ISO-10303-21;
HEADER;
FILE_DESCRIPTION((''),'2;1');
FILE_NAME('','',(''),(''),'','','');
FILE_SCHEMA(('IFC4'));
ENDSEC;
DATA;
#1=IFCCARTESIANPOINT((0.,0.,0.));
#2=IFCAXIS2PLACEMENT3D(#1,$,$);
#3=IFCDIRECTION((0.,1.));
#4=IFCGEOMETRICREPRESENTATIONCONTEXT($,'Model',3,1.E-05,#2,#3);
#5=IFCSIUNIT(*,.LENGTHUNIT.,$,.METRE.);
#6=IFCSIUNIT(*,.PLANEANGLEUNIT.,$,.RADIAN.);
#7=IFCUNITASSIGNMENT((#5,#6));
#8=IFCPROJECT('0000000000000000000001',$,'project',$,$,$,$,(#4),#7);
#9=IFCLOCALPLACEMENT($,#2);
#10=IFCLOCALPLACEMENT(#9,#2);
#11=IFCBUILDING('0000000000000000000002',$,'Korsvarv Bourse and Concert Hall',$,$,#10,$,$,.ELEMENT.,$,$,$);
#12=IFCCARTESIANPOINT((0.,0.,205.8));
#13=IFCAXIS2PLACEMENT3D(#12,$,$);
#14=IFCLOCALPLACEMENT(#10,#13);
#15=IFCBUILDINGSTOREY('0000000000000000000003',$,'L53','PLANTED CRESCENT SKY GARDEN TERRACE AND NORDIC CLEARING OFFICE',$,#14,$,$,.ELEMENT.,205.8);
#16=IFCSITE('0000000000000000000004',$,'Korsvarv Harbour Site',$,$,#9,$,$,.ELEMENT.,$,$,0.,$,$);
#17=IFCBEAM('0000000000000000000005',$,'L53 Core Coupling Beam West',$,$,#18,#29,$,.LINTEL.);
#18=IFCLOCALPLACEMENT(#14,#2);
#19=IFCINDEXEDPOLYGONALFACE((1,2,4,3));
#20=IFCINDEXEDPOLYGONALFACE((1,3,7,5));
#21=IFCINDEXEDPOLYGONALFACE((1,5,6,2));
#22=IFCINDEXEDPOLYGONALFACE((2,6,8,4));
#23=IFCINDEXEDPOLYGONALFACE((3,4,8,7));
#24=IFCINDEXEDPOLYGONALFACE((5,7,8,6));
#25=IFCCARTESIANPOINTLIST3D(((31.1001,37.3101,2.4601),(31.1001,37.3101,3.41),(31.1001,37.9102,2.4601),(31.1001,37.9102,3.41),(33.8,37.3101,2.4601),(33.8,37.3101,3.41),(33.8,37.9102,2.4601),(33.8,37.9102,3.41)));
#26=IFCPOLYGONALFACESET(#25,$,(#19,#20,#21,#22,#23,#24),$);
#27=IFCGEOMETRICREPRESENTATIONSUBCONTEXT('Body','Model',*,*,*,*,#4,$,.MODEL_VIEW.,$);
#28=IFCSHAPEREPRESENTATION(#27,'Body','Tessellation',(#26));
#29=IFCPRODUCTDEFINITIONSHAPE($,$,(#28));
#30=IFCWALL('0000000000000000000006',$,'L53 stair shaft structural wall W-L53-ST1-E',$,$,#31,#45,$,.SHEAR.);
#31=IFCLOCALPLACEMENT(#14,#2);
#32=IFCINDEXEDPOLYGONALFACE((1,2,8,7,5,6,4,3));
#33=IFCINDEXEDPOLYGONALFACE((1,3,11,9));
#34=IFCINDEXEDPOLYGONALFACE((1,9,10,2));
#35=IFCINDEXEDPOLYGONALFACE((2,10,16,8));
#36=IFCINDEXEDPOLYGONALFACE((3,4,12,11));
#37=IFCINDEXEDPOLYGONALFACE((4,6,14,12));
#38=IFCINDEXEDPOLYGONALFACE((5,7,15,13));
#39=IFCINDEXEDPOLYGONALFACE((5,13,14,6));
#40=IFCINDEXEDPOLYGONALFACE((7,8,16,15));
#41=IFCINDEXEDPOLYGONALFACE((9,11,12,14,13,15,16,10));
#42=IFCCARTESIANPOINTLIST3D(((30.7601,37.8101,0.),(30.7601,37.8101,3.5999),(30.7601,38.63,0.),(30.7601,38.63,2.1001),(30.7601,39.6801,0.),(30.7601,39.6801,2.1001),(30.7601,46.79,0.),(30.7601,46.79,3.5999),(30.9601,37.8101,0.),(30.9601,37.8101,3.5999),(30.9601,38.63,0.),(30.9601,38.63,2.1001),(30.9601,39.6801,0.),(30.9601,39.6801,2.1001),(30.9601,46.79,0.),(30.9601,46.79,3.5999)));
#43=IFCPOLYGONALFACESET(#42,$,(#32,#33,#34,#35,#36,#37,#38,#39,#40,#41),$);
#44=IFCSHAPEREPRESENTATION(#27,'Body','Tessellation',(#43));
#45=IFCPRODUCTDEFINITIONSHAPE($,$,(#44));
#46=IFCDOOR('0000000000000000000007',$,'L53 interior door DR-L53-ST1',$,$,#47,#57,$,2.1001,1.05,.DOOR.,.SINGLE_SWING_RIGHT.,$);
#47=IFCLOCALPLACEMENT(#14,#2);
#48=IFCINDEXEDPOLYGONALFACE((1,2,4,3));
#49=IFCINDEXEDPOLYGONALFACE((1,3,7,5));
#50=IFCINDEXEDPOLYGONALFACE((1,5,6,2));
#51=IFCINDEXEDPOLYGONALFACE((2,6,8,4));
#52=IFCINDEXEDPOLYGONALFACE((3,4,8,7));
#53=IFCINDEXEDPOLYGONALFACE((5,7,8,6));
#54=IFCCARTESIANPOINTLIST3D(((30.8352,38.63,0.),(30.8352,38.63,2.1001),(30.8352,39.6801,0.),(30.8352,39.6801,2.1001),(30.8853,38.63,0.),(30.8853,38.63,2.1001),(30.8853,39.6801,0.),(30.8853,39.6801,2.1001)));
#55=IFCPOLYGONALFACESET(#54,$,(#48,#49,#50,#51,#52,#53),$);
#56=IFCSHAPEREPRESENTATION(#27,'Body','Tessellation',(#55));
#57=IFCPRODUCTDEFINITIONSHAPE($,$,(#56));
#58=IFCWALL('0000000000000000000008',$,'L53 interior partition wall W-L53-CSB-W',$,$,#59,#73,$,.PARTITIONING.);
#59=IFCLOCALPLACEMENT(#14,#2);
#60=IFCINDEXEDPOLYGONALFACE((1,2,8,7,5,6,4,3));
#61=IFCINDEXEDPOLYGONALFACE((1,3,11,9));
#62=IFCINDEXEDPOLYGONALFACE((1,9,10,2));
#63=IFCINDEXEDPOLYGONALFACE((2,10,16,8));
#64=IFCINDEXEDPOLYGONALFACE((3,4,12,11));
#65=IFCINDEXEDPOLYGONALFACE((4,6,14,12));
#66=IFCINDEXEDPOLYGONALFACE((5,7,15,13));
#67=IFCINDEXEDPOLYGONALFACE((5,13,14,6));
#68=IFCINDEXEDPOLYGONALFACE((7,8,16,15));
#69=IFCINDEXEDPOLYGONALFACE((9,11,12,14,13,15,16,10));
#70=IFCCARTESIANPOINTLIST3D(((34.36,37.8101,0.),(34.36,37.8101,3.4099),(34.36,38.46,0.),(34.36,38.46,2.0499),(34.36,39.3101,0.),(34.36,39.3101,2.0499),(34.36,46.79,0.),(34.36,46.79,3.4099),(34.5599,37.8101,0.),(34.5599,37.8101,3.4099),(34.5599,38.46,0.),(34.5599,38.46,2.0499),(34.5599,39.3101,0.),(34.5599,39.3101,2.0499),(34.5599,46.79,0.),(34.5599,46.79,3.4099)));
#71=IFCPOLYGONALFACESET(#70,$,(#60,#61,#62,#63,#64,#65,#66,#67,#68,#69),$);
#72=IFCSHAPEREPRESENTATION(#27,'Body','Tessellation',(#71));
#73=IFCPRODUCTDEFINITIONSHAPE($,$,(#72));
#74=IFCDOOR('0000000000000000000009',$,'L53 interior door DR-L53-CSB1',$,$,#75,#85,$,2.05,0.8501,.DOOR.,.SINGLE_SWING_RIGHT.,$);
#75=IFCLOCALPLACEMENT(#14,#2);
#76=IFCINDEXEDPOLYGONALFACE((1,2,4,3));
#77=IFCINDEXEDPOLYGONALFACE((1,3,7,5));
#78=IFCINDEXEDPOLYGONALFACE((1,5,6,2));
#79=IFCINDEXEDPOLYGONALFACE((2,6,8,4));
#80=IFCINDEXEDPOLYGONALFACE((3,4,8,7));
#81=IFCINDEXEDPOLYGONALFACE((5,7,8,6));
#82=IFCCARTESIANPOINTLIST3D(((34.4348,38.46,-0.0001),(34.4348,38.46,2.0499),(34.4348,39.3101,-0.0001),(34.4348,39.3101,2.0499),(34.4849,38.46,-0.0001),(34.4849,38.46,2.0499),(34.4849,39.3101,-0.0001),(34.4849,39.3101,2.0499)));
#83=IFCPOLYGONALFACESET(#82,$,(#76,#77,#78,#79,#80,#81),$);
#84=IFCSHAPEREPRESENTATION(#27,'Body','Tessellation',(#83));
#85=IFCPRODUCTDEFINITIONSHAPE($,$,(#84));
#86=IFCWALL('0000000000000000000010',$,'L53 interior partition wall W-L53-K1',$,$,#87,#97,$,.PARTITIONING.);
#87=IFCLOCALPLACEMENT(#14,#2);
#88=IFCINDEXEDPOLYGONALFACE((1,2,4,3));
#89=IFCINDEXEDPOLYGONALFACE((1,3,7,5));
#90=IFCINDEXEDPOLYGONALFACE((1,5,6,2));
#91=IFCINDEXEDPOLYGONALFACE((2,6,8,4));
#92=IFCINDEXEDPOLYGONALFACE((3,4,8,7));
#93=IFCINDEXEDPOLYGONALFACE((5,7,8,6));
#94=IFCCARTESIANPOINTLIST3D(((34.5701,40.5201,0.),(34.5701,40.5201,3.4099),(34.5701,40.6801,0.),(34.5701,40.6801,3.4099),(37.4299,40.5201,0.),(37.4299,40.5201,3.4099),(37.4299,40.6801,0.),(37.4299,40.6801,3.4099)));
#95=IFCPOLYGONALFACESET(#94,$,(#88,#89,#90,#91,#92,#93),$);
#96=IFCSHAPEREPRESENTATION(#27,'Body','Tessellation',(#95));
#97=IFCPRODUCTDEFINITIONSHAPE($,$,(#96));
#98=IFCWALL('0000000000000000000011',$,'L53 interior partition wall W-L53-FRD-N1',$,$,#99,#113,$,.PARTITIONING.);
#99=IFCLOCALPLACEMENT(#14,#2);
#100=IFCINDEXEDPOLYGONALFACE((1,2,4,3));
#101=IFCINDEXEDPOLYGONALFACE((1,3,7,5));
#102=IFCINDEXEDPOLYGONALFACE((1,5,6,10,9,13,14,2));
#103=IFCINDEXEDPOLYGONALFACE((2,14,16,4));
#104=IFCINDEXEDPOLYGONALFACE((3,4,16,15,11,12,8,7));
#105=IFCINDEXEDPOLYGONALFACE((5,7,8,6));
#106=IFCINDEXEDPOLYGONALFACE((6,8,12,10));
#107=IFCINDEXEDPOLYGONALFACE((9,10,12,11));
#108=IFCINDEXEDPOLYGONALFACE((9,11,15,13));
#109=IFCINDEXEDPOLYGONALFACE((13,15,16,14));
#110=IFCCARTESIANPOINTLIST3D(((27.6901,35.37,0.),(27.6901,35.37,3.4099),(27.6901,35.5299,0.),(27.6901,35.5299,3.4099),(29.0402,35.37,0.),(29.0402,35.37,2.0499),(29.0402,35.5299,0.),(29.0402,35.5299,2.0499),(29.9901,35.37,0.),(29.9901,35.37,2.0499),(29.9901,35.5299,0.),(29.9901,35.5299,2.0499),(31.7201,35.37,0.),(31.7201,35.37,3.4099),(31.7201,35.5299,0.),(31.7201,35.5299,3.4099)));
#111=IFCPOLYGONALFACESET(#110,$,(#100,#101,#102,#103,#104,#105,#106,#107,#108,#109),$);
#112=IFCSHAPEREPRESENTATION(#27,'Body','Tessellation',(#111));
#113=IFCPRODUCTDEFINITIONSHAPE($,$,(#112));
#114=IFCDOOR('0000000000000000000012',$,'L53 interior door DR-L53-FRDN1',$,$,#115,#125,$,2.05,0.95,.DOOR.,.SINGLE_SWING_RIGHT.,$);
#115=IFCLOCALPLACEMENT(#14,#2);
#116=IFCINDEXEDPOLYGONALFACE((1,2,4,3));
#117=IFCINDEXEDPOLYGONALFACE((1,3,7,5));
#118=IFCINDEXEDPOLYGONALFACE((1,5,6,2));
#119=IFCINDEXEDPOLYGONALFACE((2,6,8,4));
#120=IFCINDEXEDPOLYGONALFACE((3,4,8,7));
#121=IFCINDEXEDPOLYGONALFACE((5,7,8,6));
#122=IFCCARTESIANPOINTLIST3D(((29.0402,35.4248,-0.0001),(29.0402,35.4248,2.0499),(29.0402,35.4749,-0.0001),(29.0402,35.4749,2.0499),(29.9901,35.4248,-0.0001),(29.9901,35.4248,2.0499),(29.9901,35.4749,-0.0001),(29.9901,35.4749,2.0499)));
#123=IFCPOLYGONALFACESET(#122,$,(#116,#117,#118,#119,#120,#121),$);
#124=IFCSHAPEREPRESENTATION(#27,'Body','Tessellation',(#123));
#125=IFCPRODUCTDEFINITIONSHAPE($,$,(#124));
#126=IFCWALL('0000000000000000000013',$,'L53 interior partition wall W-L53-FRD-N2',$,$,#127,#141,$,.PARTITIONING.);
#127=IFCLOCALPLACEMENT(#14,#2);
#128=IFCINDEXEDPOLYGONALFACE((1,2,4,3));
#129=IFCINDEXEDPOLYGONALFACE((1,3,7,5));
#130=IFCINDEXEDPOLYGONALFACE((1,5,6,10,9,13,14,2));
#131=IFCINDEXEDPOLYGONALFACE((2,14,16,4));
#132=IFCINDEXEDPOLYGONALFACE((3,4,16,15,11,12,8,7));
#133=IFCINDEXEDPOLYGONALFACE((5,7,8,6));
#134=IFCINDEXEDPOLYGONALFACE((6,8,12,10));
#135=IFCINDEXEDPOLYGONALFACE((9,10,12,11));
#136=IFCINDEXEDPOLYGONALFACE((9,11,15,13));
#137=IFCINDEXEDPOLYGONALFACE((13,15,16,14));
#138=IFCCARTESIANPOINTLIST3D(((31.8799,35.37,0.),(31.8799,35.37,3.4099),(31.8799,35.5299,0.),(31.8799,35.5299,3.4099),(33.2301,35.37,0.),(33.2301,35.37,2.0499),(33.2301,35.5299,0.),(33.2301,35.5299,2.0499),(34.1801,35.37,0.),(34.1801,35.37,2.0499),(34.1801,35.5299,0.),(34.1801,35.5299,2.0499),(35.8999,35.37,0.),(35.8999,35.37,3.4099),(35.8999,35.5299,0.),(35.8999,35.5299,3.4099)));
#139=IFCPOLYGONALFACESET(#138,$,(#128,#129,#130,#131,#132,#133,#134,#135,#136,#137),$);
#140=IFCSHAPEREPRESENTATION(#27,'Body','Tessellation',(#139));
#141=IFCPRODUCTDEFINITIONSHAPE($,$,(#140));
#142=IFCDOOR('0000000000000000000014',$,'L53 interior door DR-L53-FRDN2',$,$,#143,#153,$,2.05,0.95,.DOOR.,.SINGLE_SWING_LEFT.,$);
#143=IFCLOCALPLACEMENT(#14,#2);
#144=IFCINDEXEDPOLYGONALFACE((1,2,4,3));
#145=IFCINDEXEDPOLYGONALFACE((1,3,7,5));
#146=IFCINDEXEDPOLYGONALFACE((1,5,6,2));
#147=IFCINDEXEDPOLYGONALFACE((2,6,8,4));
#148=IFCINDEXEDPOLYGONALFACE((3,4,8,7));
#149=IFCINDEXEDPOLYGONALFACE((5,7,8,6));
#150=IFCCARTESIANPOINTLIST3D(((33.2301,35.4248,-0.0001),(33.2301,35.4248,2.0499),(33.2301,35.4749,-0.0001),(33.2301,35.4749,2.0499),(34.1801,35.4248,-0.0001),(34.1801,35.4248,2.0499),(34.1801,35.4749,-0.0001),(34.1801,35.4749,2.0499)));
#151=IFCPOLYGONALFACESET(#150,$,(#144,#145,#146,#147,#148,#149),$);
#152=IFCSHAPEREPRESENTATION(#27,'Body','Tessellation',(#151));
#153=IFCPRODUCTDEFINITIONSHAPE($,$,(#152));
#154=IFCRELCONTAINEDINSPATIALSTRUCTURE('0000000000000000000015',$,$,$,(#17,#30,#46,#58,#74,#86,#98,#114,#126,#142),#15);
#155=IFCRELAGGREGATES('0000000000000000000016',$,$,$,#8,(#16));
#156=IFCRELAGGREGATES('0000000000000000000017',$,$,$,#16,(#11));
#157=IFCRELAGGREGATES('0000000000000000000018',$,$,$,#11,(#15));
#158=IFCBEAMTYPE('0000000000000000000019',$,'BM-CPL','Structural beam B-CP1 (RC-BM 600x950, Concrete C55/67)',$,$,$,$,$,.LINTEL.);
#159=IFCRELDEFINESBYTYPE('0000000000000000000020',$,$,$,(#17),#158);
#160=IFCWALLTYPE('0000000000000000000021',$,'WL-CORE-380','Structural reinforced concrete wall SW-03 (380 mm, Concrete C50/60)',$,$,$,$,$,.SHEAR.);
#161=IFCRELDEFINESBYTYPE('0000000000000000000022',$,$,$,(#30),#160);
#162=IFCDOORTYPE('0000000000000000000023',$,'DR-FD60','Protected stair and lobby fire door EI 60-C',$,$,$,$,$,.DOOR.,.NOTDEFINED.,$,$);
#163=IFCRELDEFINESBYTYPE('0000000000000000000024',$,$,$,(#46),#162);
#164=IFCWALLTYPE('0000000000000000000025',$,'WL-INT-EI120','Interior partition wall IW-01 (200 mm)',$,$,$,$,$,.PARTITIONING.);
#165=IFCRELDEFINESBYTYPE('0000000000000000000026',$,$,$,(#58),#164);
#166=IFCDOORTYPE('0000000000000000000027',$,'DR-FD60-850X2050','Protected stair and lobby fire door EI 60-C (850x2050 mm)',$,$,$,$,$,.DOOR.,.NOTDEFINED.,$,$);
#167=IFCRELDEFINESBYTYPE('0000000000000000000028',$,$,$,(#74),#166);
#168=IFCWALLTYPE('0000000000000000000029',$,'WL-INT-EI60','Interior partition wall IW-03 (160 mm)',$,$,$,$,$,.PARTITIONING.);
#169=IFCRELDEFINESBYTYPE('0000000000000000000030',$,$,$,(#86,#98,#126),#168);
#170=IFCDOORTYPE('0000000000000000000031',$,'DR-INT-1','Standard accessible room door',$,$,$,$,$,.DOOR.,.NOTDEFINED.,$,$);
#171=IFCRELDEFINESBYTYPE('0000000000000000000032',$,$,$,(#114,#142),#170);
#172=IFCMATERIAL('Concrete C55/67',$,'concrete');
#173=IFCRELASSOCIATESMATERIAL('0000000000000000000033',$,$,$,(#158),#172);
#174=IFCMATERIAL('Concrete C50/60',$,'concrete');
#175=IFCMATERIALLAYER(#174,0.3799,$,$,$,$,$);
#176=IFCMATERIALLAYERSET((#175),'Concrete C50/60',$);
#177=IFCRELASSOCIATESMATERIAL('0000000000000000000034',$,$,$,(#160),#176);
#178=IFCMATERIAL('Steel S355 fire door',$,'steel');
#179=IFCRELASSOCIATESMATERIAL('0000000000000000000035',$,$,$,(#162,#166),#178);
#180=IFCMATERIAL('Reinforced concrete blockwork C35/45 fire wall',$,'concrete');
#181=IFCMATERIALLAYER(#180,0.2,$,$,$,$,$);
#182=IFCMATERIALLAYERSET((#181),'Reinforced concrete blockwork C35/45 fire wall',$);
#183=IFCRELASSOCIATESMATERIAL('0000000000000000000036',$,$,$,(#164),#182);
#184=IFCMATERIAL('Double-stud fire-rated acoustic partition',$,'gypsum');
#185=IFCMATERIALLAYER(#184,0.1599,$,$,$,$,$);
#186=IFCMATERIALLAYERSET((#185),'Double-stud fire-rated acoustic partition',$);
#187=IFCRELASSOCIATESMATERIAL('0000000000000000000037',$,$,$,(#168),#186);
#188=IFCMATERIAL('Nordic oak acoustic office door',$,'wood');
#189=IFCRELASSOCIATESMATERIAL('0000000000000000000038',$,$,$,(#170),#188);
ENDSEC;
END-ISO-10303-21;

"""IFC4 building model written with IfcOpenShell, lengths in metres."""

from ifc_helpers import new_model, si_unit, direction, frame, frame_2d, origin, origin_2d, place, context, subcontext, project, spatial, rectangle, extrude, source, transform, mapped, material, layer, layer_set, material_profile, profile_set, type_object, element, fill, save


model = new_model("IFC4")

# Units and contexts
model_context = context("Model", 3, precision=1e-05, world=origin(), true_north=direction((0.0, 1.0)))
body_context = subcontext(model_context, "Body", "Model", "MODEL_VIEW")
ifc_project = project(units=[si_unit("LENGTHUNIT", "METRE"), si_unit("PLANEANGLEUNIT", "RADIAN")], contexts=[model_context])

# Site, building, storey
site_placement = place(None, origin())
site = spatial("IfcSite", under=ifc_project, at=site_placement, Name="Korsvarv Harbour Site", CompositionType="ELEMENT", RefElevation=0.0)
building_placement = place(site_placement, origin())
building = spatial("IfcBuilding", under=site, at=building_placement, Name="Korsvarv Bourse and Concert Hall", CompositionType="ELEMENT")
storey_placement = place(building_placement, frame((0.0, 0.0, 205.8)))
storey = spatial("IfcBuildingStorey", under=building, at=storey_placement, Name="L53", Description="PLANTED CRESCENT SKY GARDEN TERRACE AND NORDIC CLEARING OFFICE", CompositionType="ELEMENT", Elevation=205.8)

# Beam
ifc_material_1 = material(Name="Concrete C55/67", Category="concrete")
ifc_material_profile = material_profile(ifc_material_1, rectangle(XDim=0.6001, YDim=0.95, at=origin_2d()), Name="RC-BM 600x950")
ifc_profile_set = profile_set([ifc_material_profile], Name="Concrete C55/67")
beam_type = type_object("IfcBeamType", Name="BM-CPL", Description="Structural beam B-CP1 (RC-BM 600x950, Concrete C55/67)", PredefinedType="LINTEL", material=ifc_profile_set)
shared_shape = source(origin(), body_context, "Body", "SweptSolid", [
    extrude(rectangle(XDim=0.6001, YDim=0.95, at=origin_2d()), origin(), (0.0, 0.0, 1.0), 2.7),
])
beam_placement = place(storey_placement, frame((31.1001, 37.6101, 2.9351), z_axis=(1.0, 0.0, 0.0), x_axis=(0.0, 1.0, 0.0)))
element("IfcBeam", 1, at=beam_placement, inside=storey, type_object=beam_type, Name="L53 Core Coupling Beam West", PredefinedType="LINTEL", context=body_context, shape_type="MappedRepresentation", body=[
    mapped(shared_shape, transform((0.0, 0.0, 0.0), scale=1.0)),
])

# Walls, openings, doors
ifc_material_2 = material(Name="Concrete C50/60", Category="concrete")
ifc_layer_1 = layer(ifc_material_2, 0.3799)
ifc_layer_set_1 = layer_set([ifc_layer_1], Name="Concrete C50/60")
wall_type_1 = type_object("IfcWallType", Name="WL-CORE-380", Description="Structural reinforced concrete wall SW-03 (380 mm, Concrete C50/60)", PredefinedType="SHEAR", material=ifc_layer_set_1)
wall_1_placement = place(storey_placement, frame((30.8601, 37.8101, 0.0), z_axis=(0.0, 0.0, 1.0), x_axis=(0.0, 1.0, 0.0)))
wall_1 = element("IfcWall", 2, at=wall_1_placement, inside=storey, type_object=wall_type_1, Name="L53 stair shaft structural wall W-L53-ST1-E", PredefinedType="SHEAR", context=body_context, shape_type="SweptSolid", body=[
    extrude(rectangle(XDim=8.98, YDim=0.2, at=frame_2d((4.49, 0.0))), origin(), (0.0, 0.0, 1.0), 3.5999),
])
opening_1_placement = place(wall_1_placement, frame((0.8201, 0.0, 0.0)))
opening_1 = element("IfcOpeningElement", 3, at=opening_1_placement, cuts=wall_1, PredefinedType="OPENING", context=body_context, shape_type="SweptSolid", body=[
    extrude(rectangle(XDim=1.05, YDim=2.1001, at=frame_2d((0.5249, 1.05))), frame((0.0, 0.1099, 0.0), z_axis=(0.0, -1.0, 0.0), x_axis=(1.0, 0.0, 0.0)), (0.0, 0.0, 1.0), 0.22),
])
ifc_material_3 = material(Name="Steel S355 fire door", Category="steel")
door_type_1 = type_object("IfcDoorType", Name="DR-FD60", Description="Protected stair and lobby fire door EI 60-C", OperationType="NOTDEFINED", PredefinedType="DOOR", material=ifc_material_3)
door_1_placement = place(opening_1_placement, origin())
door_1 = element("IfcDoor", 4, at=door_1_placement, inside=storey, type_object=door_type_1, Name="L53 interior door DR-L53-ST1", OperationType="SINGLE_SWING_RIGHT", OverallHeight=2.1001, OverallWidth=1.05, PredefinedType="DOOR", context=body_context, shape_type="SweptSolid", body=[
    extrude(rectangle(XDim=1.05, YDim=2.1001, at=frame_2d((0.5249, 1.05))), frame((0.0, 0.0249, 0.0), z_axis=(0.0, -1.0, 0.0), x_axis=(1.0, 0.0, 0.0)), (0.0, 0.0, 1.0), 0.05),
])
fill(opening_1, door_1)
ifc_material_4 = material(Name="Reinforced concrete blockwork C35/45 fire wall", Category="concrete")
ifc_layer_2 = layer(ifc_material_4, 0.2)
ifc_layer_set_2 = layer_set([ifc_layer_2], Name="Reinforced concrete blockwork C35/45 fire wall")
wall_type_2 = type_object("IfcWallType", Name="WL-INT-EI120", Description="Interior partition wall IW-01 (200 mm)", PredefinedType="PARTITIONING", material=ifc_layer_set_2)
wall_2_placement = place(storey_placement, frame((34.46, 37.8101, 0.0), z_axis=(0.0, 0.0, 1.0), x_axis=(0.0, 1.0, 0.0)))
wall_2 = element("IfcWall", 5, at=wall_2_placement, inside=storey, type_object=wall_type_2, Name="L53 interior partition wall W-L53-CSB-W", PredefinedType="PARTITIONING", context=body_context, shape_type="SweptSolid", body=[
    extrude(rectangle(XDim=8.98, YDim=0.2, at=frame_2d((4.49, 0.0))), origin(), (0.0, 0.0, 1.0), 3.4099),
])
opening_2_placement = place(wall_2_placement, frame((0.6499, 0.0, 0.0)))
opening_2 = element("IfcOpeningElement", 6, at=opening_2_placement, cuts=wall_2, PredefinedType="OPENING", context=body_context, shape_type="SweptSolid", body=[
    extrude(rectangle(XDim=0.8501, YDim=2.05, at=frame_2d((0.425, 1.0249))), frame((0.0, 0.1099, 0.0), z_axis=(0.0, -1.0, 0.0), x_axis=(1.0, 0.0, 0.0)), (0.0, 0.0, 1.0), 0.22),
])
door_type_2 = type_object("IfcDoorType", Name="DR-FD60-850X2050", Description="Protected stair and lobby fire door EI 60-C (850x2050 mm)", OperationType="NOTDEFINED", PredefinedType="DOOR", material=ifc_material_3)
door_2_placement = place(opening_2_placement, frame((0.8501, 0.0, 0.0), z_axis=(0.0, 0.0, 1.0), x_axis=(-1.0, 0.0, 0.0)))
door_2 = element("IfcDoor", 7, at=door_2_placement, inside=storey, type_object=door_type_2, Name="L53 interior door DR-L53-CSB1", OperationType="SINGLE_SWING_RIGHT", OverallHeight=2.05, OverallWidth=0.8501, PredefinedType="DOOR", context=body_context, shape_type="SweptSolid", body=[
    extrude(rectangle(XDim=0.8501, YDim=2.05, at=frame_2d((0.425, 1.0249))), frame((0.0, 0.0249, 0.0), z_axis=(0.0, -1.0, 0.0), x_axis=(1.0, 0.0, 0.0)), (0.0, 0.0, 1.0), 0.05),
])
fill(opening_2, door_2)

# Wall
ifc_material_5 = material(Name="Double-stud fire-rated acoustic partition", Category="gypsum")
ifc_layer_3 = layer(ifc_material_5, 0.1599)
ifc_layer_set_3 = layer_set([ifc_layer_3], Name="Double-stud fire-rated acoustic partition")
wall_type_3 = type_object("IfcWallType", Name="WL-INT-EI60", Description="Interior partition wall IW-03 (160 mm)", PredefinedType="PARTITIONING", material=ifc_layer_set_3)
wall_3_placement = place(storey_placement, frame((34.5701, 40.6001, 0.0), z_axis=(0.0, 0.0, 1.0), x_axis=(1.0, 0.0, 0.0)))
element("IfcWall", 8, at=wall_3_placement, inside=storey, type_object=wall_type_3, Name="L53 interior partition wall W-L53-K1", PredefinedType="PARTITIONING", context=body_context, shape_type="SweptSolid", body=[
    extrude(rectangle(XDim=2.8599, YDim=0.1599, at=frame_2d((1.4299, 0.0))), origin(), (0.0, 0.0, 1.0), 3.4099),
])

# Walls, openings, doors
wall_4_placement = place(storey_placement, frame((27.6899, 35.45, 0.0), z_axis=(0.0, 0.0, 1.0), x_axis=(1.0, 0.0, 0.0)))
wall_4 = element("IfcWall", 9, at=wall_4_placement, inside=storey, type_object=wall_type_3, Name="L53 interior partition wall W-L53-FRD-N1", PredefinedType="PARTITIONING", context=body_context, shape_type="SweptSolid", body=[
    extrude(rectangle(XDim=4.03, YDim=0.1599, at=frame_2d((2.0151, 0.0))), origin(), (0.0, 0.0, 1.0), 3.4099),
])
opening_3_placement = place(wall_4_placement, frame((1.3501, 0.0, 0.0)))
opening_3 = element("IfcOpeningElement", 10, at=opening_3_placement, cuts=wall_4, PredefinedType="OPENING", context=body_context, shape_type="SweptSolid", body=[
    extrude(rectangle(XDim=0.95, YDim=2.05, at=frame_2d((0.4751, 1.0249))), frame((0.0, 0.0898, 0.0), z_axis=(0.0, -1.0, 0.0), x_axis=(1.0, 0.0, 0.0)), (0.0, 0.0, 1.0), 0.1799),
])
ifc_material_6 = material(Name="Nordic oak acoustic office door", Category="wood")
door_type_3 = type_object("IfcDoorType", Name="DR-INT-1", Description="Standard accessible room door", OperationType="NOTDEFINED", PredefinedType="DOOR", material=ifc_material_6)
door_3_placement = place(opening_3_placement, origin())
door_3 = element("IfcDoor", 11, at=door_3_placement, inside=storey, type_object=door_type_3, Name="L53 interior door DR-L53-FRDN1", OperationType="SINGLE_SWING_RIGHT", OverallHeight=2.05, OverallWidth=0.95, PredefinedType="DOOR", context=body_context, shape_type="SweptSolid", body=[
    extrude(rectangle(XDim=0.95, YDim=2.05, at=frame_2d((0.4751, 1.0249))), frame((0.0, 0.0249, 0.0), z_axis=(0.0, -1.0, 0.0), x_axis=(1.0, 0.0, 0.0)), (0.0, 0.0, 1.0), 0.05),
])
fill(opening_3, door_3)
wall_5_placement = place(storey_placement, frame((31.8799, 35.45, 0.0), z_axis=(0.0, 0.0, 1.0), x_axis=(1.0, 0.0, 0.0)))
wall_5 = element("IfcWall", 12, at=wall_5_placement, inside=storey, type_object=wall_type_3, Name="L53 interior partition wall W-L53-FRD-N2", PredefinedType="PARTITIONING", context=body_context, shape_type="SweptSolid", body=[
    extrude(rectangle(XDim=4.02, YDim=0.1599, at=frame_2d((2.01, 0.0))), origin(), (0.0, 0.0, 1.0), 3.4099),
])
opening_4_placement = place(wall_5_placement, frame((1.3501, 0.0, 0.0)))
opening_4 = element("IfcOpeningElement", 13, at=opening_4_placement, cuts=wall_5, PredefinedType="OPENING", context=body_context, shape_type="SweptSolid", body=[
    extrude(rectangle(XDim=0.95, YDim=2.05, at=frame_2d((0.4751, 1.0249))), frame((0.0, 0.0898, 0.0), z_axis=(0.0, -1.0, 0.0), x_axis=(1.0, 0.0, 0.0)), (0.0, 0.0, 1.0), 0.1799),
])
door_4_placement = place(opening_4_placement, origin())
door_4 = element("IfcDoor", 14, at=door_4_placement, inside=storey, type_object=door_type_3, Name="L53 interior door DR-L53-FRDN2", OperationType="SINGLE_SWING_LEFT", OverallHeight=2.05, OverallWidth=0.95, PredefinedType="DOOR", context=body_context, shape_type="SweptSolid", body=[
    extrude(rectangle(XDim=0.95, YDim=2.05, at=frame_2d((0.4751, 1.0249))), frame((0.0, 0.0249, 0.0), z_axis=(0.0, -1.0, 0.0), x_axis=(1.0, 0.0, 0.0)), (0.0, 0.0, 1.0), 0.05),
])
fill(opening_4, door_4)

save(model, "model.ifc")
